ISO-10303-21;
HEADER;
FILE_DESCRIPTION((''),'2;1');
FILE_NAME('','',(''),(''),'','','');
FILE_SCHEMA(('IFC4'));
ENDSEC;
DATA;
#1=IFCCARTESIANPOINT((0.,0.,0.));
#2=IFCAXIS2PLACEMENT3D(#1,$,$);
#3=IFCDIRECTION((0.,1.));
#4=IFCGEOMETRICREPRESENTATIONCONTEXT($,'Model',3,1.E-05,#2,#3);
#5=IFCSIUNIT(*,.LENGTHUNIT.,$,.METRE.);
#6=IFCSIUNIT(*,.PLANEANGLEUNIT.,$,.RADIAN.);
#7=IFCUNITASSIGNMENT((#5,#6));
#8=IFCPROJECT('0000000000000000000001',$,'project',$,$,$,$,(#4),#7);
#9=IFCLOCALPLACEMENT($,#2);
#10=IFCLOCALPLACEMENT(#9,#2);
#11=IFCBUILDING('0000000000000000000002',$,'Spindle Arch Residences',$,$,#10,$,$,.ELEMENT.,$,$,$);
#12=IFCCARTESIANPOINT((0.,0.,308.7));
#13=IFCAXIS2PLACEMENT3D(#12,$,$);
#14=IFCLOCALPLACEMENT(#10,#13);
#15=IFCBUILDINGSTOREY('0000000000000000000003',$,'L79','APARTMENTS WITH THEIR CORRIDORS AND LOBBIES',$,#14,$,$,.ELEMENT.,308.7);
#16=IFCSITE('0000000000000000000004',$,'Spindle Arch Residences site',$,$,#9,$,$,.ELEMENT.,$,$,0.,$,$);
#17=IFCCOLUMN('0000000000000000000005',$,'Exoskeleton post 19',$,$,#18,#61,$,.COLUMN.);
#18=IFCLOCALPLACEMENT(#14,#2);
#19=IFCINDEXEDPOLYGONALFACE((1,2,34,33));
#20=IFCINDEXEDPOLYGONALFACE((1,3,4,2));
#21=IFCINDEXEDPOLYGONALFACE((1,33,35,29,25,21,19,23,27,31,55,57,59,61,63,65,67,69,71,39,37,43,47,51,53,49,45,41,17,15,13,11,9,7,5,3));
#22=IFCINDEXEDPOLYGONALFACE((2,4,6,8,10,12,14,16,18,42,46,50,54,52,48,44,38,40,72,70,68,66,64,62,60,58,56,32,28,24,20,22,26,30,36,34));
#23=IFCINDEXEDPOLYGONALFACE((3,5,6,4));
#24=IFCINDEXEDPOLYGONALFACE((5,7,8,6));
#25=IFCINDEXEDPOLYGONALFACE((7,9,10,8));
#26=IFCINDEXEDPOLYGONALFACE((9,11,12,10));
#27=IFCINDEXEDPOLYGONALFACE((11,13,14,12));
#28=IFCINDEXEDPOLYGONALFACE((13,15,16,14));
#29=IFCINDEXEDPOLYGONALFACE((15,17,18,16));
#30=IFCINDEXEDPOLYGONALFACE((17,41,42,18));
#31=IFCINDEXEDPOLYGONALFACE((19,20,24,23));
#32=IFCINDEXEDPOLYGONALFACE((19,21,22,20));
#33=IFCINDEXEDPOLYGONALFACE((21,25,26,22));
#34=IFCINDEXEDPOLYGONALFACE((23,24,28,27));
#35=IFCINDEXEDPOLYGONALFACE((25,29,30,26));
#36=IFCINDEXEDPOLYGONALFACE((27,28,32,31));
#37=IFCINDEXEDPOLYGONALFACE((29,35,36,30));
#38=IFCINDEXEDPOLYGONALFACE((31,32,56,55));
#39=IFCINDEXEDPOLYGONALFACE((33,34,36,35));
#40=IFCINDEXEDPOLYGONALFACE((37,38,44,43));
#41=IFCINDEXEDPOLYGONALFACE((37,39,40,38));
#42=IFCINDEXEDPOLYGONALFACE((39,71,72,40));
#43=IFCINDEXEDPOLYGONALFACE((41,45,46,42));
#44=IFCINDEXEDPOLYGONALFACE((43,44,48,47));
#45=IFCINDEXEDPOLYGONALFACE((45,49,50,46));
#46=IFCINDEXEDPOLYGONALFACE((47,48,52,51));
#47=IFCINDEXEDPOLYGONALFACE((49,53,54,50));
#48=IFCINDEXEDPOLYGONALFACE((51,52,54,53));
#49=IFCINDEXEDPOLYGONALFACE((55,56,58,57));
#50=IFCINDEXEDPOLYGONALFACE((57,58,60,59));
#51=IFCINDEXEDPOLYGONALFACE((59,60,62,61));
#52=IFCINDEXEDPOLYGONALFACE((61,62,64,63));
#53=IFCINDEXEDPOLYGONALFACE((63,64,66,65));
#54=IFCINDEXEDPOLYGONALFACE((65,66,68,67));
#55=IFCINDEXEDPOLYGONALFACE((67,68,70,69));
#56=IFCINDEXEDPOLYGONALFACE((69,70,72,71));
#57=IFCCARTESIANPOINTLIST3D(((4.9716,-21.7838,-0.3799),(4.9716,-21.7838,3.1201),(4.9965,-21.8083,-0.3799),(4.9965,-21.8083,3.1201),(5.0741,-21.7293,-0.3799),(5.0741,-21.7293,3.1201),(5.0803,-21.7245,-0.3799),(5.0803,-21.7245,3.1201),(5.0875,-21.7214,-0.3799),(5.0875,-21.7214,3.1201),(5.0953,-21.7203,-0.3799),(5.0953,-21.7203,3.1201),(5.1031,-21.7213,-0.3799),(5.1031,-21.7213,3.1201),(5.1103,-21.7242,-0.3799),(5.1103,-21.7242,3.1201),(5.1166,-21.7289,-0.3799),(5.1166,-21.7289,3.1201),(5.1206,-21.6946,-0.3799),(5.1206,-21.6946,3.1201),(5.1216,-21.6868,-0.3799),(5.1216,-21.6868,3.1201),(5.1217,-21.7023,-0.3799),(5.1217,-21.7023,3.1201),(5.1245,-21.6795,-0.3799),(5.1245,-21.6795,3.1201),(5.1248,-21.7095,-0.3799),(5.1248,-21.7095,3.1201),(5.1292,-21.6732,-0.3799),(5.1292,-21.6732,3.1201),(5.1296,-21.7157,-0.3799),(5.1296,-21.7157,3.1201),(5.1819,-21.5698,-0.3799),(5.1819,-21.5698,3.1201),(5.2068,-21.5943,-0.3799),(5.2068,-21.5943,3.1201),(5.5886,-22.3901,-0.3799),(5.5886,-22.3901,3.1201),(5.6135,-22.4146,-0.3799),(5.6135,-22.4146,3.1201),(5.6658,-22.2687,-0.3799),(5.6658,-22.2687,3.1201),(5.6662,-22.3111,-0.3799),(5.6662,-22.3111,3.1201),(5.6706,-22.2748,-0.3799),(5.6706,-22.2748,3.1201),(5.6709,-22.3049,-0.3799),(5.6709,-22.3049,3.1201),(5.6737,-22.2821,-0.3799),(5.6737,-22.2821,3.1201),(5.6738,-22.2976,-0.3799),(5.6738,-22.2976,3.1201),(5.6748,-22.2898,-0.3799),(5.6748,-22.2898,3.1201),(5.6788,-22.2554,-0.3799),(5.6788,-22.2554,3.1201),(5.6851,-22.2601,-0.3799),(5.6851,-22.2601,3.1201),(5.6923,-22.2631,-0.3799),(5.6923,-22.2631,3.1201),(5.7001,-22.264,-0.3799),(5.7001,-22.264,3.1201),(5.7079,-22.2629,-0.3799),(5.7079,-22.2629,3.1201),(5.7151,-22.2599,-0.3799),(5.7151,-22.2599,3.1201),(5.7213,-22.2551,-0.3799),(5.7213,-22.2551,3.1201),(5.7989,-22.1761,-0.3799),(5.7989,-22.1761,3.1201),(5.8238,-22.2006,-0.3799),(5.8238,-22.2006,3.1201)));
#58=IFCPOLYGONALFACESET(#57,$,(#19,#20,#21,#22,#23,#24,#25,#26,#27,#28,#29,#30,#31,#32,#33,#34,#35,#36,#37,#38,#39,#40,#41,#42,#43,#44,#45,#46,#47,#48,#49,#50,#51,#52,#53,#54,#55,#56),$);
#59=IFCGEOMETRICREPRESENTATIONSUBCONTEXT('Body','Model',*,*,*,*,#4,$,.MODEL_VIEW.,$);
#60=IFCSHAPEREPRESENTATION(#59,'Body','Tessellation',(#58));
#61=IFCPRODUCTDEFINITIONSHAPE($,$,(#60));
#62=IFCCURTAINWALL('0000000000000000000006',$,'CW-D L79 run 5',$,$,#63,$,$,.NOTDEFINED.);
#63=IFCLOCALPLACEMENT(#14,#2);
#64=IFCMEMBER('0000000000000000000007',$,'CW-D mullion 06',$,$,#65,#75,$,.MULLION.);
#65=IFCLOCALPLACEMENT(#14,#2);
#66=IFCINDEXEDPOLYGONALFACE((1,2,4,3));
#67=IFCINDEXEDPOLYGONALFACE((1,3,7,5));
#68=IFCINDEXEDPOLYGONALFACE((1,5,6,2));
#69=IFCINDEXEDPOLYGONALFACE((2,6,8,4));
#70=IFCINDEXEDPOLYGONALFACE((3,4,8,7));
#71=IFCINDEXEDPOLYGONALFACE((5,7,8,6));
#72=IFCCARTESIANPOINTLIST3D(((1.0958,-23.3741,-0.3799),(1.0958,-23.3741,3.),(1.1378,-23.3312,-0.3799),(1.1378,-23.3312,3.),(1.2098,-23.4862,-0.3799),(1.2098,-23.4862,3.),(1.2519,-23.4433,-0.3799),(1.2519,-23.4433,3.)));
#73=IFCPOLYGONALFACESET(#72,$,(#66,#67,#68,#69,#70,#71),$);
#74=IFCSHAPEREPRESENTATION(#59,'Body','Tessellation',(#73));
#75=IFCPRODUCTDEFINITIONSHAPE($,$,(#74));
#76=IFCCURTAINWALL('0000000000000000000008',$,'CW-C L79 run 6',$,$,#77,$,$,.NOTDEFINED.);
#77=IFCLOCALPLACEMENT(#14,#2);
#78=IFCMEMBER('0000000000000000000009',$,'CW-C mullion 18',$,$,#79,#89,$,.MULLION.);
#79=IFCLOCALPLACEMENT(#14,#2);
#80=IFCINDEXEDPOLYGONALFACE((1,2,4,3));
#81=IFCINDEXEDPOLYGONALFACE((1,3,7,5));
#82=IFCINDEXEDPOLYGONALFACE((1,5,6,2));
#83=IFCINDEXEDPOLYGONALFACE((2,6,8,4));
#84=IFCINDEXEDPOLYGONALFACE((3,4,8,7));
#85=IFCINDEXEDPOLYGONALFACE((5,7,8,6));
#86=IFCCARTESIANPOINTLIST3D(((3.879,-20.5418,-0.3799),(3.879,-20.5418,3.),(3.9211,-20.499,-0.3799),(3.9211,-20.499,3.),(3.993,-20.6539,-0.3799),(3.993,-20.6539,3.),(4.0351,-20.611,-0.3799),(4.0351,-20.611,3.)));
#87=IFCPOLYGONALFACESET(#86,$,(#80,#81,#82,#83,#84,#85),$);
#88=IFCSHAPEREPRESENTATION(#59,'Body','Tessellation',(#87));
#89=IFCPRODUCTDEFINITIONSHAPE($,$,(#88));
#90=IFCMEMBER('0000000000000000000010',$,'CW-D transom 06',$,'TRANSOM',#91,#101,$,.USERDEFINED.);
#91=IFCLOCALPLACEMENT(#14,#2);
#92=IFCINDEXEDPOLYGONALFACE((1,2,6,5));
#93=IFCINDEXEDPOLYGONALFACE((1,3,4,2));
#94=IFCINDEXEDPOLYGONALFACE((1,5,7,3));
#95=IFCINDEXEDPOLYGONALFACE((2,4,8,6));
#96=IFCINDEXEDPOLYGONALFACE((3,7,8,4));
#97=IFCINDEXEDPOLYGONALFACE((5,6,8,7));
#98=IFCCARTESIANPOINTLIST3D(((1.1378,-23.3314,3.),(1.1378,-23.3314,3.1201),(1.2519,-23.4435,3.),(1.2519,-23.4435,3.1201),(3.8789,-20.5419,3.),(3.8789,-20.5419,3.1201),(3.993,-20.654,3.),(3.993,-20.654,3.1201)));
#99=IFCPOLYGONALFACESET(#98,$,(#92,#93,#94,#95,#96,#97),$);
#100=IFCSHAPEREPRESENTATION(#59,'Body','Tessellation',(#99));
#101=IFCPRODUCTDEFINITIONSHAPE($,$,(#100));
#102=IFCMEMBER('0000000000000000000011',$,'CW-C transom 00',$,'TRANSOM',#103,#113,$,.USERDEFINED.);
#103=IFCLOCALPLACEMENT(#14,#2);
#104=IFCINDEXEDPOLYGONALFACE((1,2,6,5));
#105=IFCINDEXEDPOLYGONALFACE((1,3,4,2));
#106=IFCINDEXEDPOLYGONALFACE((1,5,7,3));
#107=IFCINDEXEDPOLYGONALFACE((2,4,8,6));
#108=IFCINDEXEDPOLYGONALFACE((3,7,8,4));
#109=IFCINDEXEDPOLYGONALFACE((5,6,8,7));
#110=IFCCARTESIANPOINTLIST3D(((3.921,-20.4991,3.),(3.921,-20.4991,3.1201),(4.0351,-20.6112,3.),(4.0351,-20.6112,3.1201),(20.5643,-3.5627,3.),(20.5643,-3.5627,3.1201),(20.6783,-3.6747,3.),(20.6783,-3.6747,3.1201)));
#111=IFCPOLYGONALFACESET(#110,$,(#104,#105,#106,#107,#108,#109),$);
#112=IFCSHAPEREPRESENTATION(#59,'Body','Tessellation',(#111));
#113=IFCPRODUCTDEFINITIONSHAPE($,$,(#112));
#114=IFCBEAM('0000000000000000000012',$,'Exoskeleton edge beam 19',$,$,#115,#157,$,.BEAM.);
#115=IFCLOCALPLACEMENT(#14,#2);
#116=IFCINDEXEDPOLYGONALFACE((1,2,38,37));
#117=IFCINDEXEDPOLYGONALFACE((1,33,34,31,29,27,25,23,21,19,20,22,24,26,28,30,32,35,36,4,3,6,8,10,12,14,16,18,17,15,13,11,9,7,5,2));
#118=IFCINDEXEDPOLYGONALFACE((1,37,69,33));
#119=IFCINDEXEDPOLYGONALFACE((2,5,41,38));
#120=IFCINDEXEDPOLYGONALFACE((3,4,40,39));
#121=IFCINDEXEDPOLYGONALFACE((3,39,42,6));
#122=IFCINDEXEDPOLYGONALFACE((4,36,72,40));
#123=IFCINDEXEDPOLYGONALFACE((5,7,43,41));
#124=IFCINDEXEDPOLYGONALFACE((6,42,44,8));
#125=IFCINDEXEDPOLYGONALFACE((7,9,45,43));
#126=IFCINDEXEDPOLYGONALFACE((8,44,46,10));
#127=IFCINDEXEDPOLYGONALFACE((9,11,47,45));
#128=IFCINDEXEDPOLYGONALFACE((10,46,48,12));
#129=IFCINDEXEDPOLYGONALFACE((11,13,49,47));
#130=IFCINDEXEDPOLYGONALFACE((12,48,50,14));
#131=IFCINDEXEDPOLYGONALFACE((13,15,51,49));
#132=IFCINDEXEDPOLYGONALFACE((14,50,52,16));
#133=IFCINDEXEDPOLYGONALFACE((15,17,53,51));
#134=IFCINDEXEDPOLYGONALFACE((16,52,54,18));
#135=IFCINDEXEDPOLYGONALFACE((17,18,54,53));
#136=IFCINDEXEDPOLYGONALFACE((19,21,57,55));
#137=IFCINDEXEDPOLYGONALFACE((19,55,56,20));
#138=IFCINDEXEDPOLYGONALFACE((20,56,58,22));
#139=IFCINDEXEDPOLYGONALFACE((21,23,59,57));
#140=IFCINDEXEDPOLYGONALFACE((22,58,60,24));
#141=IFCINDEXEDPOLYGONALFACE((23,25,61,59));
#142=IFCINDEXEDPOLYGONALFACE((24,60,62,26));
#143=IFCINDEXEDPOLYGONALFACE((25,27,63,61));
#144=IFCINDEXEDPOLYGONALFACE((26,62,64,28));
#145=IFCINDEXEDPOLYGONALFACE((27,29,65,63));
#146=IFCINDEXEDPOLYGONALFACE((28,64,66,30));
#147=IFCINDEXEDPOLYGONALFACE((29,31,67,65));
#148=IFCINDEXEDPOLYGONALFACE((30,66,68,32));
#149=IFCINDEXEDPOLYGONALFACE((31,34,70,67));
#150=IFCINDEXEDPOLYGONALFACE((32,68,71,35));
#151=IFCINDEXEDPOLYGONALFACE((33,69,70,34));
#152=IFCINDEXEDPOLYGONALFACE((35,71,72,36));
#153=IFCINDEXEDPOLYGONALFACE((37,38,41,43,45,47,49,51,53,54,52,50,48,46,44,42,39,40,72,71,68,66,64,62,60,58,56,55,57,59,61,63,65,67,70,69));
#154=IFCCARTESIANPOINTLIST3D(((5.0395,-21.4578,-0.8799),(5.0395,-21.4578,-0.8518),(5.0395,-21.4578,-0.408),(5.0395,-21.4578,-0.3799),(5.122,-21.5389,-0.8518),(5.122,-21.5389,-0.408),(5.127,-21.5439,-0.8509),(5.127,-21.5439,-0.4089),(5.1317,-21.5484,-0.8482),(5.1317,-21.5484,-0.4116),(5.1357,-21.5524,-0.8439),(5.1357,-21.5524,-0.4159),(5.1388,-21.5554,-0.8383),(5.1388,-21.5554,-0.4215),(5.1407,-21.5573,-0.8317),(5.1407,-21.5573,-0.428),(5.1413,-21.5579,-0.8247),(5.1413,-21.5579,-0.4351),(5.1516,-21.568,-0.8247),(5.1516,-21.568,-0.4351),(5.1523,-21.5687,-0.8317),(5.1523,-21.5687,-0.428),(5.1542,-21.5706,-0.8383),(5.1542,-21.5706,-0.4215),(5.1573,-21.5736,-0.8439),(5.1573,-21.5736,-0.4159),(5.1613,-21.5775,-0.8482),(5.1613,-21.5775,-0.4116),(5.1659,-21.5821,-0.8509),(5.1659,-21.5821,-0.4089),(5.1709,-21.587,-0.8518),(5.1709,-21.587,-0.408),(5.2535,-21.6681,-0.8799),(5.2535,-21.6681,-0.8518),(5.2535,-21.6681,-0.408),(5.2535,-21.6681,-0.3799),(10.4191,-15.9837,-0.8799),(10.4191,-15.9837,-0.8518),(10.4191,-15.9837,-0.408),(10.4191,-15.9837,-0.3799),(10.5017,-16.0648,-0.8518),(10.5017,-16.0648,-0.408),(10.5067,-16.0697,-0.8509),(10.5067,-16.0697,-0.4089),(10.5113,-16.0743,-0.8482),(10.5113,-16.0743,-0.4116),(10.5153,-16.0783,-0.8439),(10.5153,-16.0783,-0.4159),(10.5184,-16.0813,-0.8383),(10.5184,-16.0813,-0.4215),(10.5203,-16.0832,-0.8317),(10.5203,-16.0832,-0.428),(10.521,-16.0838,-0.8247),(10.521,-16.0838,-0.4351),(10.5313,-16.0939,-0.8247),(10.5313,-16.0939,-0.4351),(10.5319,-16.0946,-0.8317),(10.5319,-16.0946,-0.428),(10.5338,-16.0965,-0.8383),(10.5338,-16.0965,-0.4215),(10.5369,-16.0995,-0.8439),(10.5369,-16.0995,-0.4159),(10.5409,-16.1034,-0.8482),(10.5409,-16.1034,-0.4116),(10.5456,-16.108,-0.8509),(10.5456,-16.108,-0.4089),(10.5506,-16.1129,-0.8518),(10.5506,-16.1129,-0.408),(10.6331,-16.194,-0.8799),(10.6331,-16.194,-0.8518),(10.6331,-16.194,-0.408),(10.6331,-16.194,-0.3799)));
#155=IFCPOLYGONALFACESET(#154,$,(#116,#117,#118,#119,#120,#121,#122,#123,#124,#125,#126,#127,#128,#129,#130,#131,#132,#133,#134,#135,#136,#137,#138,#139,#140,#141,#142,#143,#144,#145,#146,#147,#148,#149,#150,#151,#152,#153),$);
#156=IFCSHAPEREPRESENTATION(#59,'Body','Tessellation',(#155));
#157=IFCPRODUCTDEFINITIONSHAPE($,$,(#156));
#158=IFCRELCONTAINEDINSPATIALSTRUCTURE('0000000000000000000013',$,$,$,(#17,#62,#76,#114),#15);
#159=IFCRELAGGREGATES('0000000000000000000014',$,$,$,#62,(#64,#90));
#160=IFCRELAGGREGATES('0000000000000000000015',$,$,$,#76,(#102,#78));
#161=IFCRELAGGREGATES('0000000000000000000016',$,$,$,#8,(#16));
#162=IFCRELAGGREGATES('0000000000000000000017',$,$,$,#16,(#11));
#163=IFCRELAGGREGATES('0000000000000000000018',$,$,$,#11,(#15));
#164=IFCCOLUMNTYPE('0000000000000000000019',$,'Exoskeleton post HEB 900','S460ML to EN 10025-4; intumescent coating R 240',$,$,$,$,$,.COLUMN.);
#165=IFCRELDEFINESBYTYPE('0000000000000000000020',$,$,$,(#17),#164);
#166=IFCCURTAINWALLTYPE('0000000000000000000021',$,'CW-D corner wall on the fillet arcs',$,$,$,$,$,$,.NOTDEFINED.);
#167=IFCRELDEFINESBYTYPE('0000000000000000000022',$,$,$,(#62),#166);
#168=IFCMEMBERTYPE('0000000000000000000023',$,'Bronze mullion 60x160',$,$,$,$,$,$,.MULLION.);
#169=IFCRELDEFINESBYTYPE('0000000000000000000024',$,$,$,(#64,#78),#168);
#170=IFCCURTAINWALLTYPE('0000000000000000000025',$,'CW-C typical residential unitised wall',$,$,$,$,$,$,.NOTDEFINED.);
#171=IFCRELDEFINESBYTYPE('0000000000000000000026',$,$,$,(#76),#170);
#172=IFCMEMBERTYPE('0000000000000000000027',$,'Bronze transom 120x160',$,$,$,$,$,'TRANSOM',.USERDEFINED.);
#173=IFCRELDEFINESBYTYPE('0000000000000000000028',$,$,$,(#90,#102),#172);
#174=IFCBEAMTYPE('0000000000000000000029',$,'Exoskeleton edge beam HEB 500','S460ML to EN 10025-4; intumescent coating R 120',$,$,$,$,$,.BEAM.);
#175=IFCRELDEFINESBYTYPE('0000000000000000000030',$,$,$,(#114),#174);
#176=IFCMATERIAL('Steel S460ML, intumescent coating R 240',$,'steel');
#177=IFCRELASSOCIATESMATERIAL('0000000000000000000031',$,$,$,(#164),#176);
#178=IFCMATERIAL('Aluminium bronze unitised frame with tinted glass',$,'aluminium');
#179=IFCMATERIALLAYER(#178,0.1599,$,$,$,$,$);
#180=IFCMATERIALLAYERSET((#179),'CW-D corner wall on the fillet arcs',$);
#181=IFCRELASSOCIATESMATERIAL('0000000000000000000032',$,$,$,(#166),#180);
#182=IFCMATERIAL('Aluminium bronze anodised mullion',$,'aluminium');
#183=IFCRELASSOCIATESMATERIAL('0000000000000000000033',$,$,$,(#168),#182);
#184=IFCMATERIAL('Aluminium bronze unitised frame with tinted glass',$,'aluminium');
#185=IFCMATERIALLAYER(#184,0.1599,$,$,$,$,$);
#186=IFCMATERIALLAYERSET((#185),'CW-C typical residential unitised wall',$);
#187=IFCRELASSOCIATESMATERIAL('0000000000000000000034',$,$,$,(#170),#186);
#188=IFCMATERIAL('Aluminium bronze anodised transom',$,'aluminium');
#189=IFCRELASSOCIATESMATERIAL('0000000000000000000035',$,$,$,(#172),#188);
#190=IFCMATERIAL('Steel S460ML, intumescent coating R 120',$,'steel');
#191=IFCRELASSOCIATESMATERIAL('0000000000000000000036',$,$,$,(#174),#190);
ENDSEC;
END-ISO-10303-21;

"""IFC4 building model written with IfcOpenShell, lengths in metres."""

from ifc_helpers import new_model, si_unit, direction, frame, origin, origin_2d, place, context, subcontext, project, spatial, rectangle, i_section, extrude, material, layer, layer_set, material_profile, profile_set, type_object, element, aggregate, save


model = new_model("IFC4")

# Units and contexts
model_context = context("Model", 3, precision=1e-05, world=origin(), true_north=direction((0.0, 1.0)))
body_context = subcontext(model_context, "Body", "Model", "MODEL_VIEW")
ifc_project = project(units=[si_unit("LENGTHUNIT", "METRE"), si_unit("PLANEANGLEUNIT", "RADIAN")], contexts=[model_context])

# Site, building, storey
site_placement = place(None, origin())
site = spatial("IfcSite", under=ifc_project, at=site_placement, Name="Spindle Arch Residences site", CompositionType="ELEMENT", RefElevation=0.0)
building_placement = place(site_placement, origin())
building = spatial("IfcBuilding", under=site, at=building_placement, Name="Spindle Arch Residences", CompositionType="ELEMENT")
storey_placement = place(building_placement, frame((0.0, 0.0, 308.7)))
storey = spatial("IfcBuildingStorey", under=building, at=storey_placement, Name="L79", Description="APARTMENTS WITH THEIR CORRIDORS AND LOBBIES", CompositionType="ELEMENT", Elevation=308.7)

# Column
ifc_material_1 = material(Name="Steel S460ML, intumescent coating R 240", Category="steel")
ifc_material_profile_1 = material_profile(ifc_material_1, i_section(OverallWidth=0.3, OverallDepth=0.8999, WebThickness=0.0186, FlangeThickness=0.0349, FilletRadius=0.03, at=origin_2d()), Name="HEB 900")
ifc_profile_set_1 = profile_set([ifc_material_profile_1], Name="Steel S460ML, intumescent coating R 240")
column_type = type_object("IfcColumnType", Name="Exoskeleton post HEB 900", Description="S460ML to EN 10025-4; intumescent coating R 240", PredefinedType="COLUMN", material=ifc_profile_set_1)
column_placement = place(storey_placement, frame((5.3977, -21.9922, -0.3799), z_axis=(0.0, 0.0, 1.0), x_axis=(-0.700909, -0.71325, 0.0)))
element("IfcColumn", 1, at=column_placement, inside=storey, type_object=column_type, Name="Exoskeleton post 19", PredefinedType="COLUMN", context=body_context, shape_type="SweptSolid", body=[
    extrude(i_section(OverallWidth=0.3, OverallDepth=0.8999, WebThickness=0.0186, FlangeThickness=0.0349, FilletRadius=0.03, at=origin_2d()), origin(), (0.0, 0.0, 1.0), 3.5),
])

# Curtain walls, members
ifc_material_2 = material(Name="Aluminium bronze unitised frame with tinted glass", Category="aluminium")
ifc_layer_1 = layer(ifc_material_2, 0.1599)
ifc_layer_set_1 = layer_set([ifc_layer_1], Name="CW-D corner wall on the fillet arcs")
curtain_wall_type_1 = type_object("IfcCurtainWallType", Name="CW-D corner wall on the fillet arcs", PredefinedType="NOTDEFINED", material=ifc_layer_set_1)
curtain_wall_1_placement = place(storey_placement, origin())
curtain_wall_1 = element("IfcCurtainWall", 2, at=curtain_wall_1_placement, inside=storey, type_object=curtain_wall_type_1, Name="CW-D L79 run 5", PredefinedType="NOTDEFINED")
ifc_material_3 = material(Name="Aluminium bronze anodised mullion", Category="aluminium")
ifc_material_profile_2 = material_profile(ifc_material_3, rectangle(XDim=0.1599, YDim=0.0601, at=origin_2d()), Name="MU 60x160")
ifc_profile_set_2 = profile_set([ifc_material_profile_2], Name="Aluminium bronze anodised mullion")
member_type_1 = type_object("IfcMemberType", Name="Bronze mullion 60x160", PredefinedType="MULLION", material=ifc_profile_set_2)
member_1_placement = place(storey_placement, frame((1.1738, -23.4087, -0.3799), z_axis=(0.0, 0.0, 1.0), x_axis=(-0.71325, 0.700909, 0.0)))
member_1 = element("IfcMember", 3, at=member_1_placement, type_object=member_type_1, Name="CW-D mullion 06", PredefinedType="MULLION", context=body_context, shape_type="SweptSolid", body=[
    extrude(rectangle(XDim=0.1599, YDim=0.0601, at=origin_2d()), origin(), (0.0, 0.0, 1.0), 3.3799),
])
ifc_material_4 = material(Name="Aluminium bronze unitised frame with tinted glass", Category="aluminium")
ifc_layer_2 = layer(ifc_material_4, 0.1599)
ifc_layer_set_2 = layer_set([ifc_layer_2], Name="CW-C typical residential unitised wall")
curtain_wall_type_2 = type_object("IfcCurtainWallType", Name="CW-C typical residential unitised wall", PredefinedType="NOTDEFINED", material=ifc_layer_set_2)
curtain_wall_2_placement = place(storey_placement, origin())
curtain_wall_2 = element("IfcCurtainWall", 4, at=curtain_wall_2_placement, inside=storey, type_object=curtain_wall_type_2, Name="CW-C L79 run 6", PredefinedType="NOTDEFINED")
member_2_placement = place(storey_placement, frame((3.957, -20.5764, -0.3799), z_axis=(0.0, 0.0, 1.0), x_axis=(-0.71325, 0.700909, 0.0)))
member_2 = element("IfcMember", 5, at=member_2_placement, type_object=member_type_1, Name="CW-C mullion 18", PredefinedType="MULLION", context=body_context, shape_type="SweptSolid", body=[
    extrude(rectangle(XDim=0.1599, YDim=0.0601, at=origin_2d()), origin(), (0.0, 0.0, 1.0), 3.3799),
])

# Members
ifc_material_5 = material(Name="Aluminium bronze anodised transom", Category="aluminium")
ifc_material_profile_3 = material_profile(ifc_material_5, rectangle(XDim=0.1599, YDim=0.1201, at=origin_2d()), Name="TR 120x160")
ifc_profile_set_3 = profile_set([ifc_material_profile_3], Name="Aluminium bronze anodised transom")
member_type_2 = type_object("IfcMemberType", Name="Bronze transom 120x160", ElementType="TRANSOM", PredefinedType="USERDEFINED", material=ifc_profile_set_3)
member_3_placement = place(storey_placement, frame((1.1948, -23.3875, 3.0601), z_axis=(0.7009, 0.71326, 0.0), x_axis=(-0.71326, 0.7009, 0.0)))
member_3 = element("IfcMember", 6, at=member_3_placement, type_object=member_type_2, Name="CW-D transom 06", ObjectType="TRANSOM", PredefinedType="USERDEFINED", context=body_context, shape_type="SweptSolid", body=[
    extrude(rectangle(XDim=0.1599, YDim=0.1201, at=origin_2d()), origin(), (0.0, 0.0, 1.0), 3.9109),
])
member_4_placement = place(storey_placement, frame((3.978, -20.5552, 3.0601), z_axis=(0.700906, 0.713254, 0.0), x_axis=(-0.713254, 0.700906, 0.0)))
member_4 = element("IfcMember", 7, at=member_4_placement, type_object=member_type_2, Name="CW-C transom 00", ObjectType="TRANSOM", PredefinedType="USERDEFINED", context=body_context, shape_type="SweptSolid", body=[
    extrude(rectangle(XDim=0.1599, YDim=0.1201, at=origin_2d()), origin(), (0.0, 0.0, 1.0), 23.7454),
])

# Beam
ifc_material_6 = material(Name="Steel S460ML, intumescent coating R 120", Category="steel")
ifc_material_profile_4 = material_profile(ifc_material_6, i_section(OverallWidth=0.3, OverallDepth=0.5, WebThickness=0.0144, FlangeThickness=0.0281, FilletRadius=0.0271, at=origin_2d()), Name="HEB 500")
ifc_profile_set_4 = profile_set([ifc_material_profile_4], Name="Steel S460ML, intumescent coating R 120")
beam_type_1 = type_object("IfcBeamType", Name="Exoskeleton edge beam HEB 500", Description="S460ML to EN 10025-4; intumescent coating R 120", PredefinedType="BEAM", material=ifc_profile_set_4)
beam_1_placement = place(storey_placement, frame((5.1465, -21.563, -0.6299), z_axis=(0.700925, 0.713235, 0.0), x_axis=(-0.713235, 0.700925, 0.0)))
element("IfcBeam", 8, at=beam_1_placement, inside=storey, type_object=beam_type_1, Name="Exoskeleton edge beam 19", PredefinedType="BEAM", context=body_context, shape_type="SweptSolid", body=[
    extrude(i_section(OverallWidth=0.3, OverallDepth=0.5, WebThickness=0.0144, FlangeThickness=0.0281, FilletRadius=0.0271, at=origin_2d()), origin(), (0.0, 0.0, 1.0), 7.675),
])

aggregate(curtain_wall_1, [member_1, member_3])
aggregate(curtain_wall_2, [member_4, member_2])

save(model, "model.ifc")
